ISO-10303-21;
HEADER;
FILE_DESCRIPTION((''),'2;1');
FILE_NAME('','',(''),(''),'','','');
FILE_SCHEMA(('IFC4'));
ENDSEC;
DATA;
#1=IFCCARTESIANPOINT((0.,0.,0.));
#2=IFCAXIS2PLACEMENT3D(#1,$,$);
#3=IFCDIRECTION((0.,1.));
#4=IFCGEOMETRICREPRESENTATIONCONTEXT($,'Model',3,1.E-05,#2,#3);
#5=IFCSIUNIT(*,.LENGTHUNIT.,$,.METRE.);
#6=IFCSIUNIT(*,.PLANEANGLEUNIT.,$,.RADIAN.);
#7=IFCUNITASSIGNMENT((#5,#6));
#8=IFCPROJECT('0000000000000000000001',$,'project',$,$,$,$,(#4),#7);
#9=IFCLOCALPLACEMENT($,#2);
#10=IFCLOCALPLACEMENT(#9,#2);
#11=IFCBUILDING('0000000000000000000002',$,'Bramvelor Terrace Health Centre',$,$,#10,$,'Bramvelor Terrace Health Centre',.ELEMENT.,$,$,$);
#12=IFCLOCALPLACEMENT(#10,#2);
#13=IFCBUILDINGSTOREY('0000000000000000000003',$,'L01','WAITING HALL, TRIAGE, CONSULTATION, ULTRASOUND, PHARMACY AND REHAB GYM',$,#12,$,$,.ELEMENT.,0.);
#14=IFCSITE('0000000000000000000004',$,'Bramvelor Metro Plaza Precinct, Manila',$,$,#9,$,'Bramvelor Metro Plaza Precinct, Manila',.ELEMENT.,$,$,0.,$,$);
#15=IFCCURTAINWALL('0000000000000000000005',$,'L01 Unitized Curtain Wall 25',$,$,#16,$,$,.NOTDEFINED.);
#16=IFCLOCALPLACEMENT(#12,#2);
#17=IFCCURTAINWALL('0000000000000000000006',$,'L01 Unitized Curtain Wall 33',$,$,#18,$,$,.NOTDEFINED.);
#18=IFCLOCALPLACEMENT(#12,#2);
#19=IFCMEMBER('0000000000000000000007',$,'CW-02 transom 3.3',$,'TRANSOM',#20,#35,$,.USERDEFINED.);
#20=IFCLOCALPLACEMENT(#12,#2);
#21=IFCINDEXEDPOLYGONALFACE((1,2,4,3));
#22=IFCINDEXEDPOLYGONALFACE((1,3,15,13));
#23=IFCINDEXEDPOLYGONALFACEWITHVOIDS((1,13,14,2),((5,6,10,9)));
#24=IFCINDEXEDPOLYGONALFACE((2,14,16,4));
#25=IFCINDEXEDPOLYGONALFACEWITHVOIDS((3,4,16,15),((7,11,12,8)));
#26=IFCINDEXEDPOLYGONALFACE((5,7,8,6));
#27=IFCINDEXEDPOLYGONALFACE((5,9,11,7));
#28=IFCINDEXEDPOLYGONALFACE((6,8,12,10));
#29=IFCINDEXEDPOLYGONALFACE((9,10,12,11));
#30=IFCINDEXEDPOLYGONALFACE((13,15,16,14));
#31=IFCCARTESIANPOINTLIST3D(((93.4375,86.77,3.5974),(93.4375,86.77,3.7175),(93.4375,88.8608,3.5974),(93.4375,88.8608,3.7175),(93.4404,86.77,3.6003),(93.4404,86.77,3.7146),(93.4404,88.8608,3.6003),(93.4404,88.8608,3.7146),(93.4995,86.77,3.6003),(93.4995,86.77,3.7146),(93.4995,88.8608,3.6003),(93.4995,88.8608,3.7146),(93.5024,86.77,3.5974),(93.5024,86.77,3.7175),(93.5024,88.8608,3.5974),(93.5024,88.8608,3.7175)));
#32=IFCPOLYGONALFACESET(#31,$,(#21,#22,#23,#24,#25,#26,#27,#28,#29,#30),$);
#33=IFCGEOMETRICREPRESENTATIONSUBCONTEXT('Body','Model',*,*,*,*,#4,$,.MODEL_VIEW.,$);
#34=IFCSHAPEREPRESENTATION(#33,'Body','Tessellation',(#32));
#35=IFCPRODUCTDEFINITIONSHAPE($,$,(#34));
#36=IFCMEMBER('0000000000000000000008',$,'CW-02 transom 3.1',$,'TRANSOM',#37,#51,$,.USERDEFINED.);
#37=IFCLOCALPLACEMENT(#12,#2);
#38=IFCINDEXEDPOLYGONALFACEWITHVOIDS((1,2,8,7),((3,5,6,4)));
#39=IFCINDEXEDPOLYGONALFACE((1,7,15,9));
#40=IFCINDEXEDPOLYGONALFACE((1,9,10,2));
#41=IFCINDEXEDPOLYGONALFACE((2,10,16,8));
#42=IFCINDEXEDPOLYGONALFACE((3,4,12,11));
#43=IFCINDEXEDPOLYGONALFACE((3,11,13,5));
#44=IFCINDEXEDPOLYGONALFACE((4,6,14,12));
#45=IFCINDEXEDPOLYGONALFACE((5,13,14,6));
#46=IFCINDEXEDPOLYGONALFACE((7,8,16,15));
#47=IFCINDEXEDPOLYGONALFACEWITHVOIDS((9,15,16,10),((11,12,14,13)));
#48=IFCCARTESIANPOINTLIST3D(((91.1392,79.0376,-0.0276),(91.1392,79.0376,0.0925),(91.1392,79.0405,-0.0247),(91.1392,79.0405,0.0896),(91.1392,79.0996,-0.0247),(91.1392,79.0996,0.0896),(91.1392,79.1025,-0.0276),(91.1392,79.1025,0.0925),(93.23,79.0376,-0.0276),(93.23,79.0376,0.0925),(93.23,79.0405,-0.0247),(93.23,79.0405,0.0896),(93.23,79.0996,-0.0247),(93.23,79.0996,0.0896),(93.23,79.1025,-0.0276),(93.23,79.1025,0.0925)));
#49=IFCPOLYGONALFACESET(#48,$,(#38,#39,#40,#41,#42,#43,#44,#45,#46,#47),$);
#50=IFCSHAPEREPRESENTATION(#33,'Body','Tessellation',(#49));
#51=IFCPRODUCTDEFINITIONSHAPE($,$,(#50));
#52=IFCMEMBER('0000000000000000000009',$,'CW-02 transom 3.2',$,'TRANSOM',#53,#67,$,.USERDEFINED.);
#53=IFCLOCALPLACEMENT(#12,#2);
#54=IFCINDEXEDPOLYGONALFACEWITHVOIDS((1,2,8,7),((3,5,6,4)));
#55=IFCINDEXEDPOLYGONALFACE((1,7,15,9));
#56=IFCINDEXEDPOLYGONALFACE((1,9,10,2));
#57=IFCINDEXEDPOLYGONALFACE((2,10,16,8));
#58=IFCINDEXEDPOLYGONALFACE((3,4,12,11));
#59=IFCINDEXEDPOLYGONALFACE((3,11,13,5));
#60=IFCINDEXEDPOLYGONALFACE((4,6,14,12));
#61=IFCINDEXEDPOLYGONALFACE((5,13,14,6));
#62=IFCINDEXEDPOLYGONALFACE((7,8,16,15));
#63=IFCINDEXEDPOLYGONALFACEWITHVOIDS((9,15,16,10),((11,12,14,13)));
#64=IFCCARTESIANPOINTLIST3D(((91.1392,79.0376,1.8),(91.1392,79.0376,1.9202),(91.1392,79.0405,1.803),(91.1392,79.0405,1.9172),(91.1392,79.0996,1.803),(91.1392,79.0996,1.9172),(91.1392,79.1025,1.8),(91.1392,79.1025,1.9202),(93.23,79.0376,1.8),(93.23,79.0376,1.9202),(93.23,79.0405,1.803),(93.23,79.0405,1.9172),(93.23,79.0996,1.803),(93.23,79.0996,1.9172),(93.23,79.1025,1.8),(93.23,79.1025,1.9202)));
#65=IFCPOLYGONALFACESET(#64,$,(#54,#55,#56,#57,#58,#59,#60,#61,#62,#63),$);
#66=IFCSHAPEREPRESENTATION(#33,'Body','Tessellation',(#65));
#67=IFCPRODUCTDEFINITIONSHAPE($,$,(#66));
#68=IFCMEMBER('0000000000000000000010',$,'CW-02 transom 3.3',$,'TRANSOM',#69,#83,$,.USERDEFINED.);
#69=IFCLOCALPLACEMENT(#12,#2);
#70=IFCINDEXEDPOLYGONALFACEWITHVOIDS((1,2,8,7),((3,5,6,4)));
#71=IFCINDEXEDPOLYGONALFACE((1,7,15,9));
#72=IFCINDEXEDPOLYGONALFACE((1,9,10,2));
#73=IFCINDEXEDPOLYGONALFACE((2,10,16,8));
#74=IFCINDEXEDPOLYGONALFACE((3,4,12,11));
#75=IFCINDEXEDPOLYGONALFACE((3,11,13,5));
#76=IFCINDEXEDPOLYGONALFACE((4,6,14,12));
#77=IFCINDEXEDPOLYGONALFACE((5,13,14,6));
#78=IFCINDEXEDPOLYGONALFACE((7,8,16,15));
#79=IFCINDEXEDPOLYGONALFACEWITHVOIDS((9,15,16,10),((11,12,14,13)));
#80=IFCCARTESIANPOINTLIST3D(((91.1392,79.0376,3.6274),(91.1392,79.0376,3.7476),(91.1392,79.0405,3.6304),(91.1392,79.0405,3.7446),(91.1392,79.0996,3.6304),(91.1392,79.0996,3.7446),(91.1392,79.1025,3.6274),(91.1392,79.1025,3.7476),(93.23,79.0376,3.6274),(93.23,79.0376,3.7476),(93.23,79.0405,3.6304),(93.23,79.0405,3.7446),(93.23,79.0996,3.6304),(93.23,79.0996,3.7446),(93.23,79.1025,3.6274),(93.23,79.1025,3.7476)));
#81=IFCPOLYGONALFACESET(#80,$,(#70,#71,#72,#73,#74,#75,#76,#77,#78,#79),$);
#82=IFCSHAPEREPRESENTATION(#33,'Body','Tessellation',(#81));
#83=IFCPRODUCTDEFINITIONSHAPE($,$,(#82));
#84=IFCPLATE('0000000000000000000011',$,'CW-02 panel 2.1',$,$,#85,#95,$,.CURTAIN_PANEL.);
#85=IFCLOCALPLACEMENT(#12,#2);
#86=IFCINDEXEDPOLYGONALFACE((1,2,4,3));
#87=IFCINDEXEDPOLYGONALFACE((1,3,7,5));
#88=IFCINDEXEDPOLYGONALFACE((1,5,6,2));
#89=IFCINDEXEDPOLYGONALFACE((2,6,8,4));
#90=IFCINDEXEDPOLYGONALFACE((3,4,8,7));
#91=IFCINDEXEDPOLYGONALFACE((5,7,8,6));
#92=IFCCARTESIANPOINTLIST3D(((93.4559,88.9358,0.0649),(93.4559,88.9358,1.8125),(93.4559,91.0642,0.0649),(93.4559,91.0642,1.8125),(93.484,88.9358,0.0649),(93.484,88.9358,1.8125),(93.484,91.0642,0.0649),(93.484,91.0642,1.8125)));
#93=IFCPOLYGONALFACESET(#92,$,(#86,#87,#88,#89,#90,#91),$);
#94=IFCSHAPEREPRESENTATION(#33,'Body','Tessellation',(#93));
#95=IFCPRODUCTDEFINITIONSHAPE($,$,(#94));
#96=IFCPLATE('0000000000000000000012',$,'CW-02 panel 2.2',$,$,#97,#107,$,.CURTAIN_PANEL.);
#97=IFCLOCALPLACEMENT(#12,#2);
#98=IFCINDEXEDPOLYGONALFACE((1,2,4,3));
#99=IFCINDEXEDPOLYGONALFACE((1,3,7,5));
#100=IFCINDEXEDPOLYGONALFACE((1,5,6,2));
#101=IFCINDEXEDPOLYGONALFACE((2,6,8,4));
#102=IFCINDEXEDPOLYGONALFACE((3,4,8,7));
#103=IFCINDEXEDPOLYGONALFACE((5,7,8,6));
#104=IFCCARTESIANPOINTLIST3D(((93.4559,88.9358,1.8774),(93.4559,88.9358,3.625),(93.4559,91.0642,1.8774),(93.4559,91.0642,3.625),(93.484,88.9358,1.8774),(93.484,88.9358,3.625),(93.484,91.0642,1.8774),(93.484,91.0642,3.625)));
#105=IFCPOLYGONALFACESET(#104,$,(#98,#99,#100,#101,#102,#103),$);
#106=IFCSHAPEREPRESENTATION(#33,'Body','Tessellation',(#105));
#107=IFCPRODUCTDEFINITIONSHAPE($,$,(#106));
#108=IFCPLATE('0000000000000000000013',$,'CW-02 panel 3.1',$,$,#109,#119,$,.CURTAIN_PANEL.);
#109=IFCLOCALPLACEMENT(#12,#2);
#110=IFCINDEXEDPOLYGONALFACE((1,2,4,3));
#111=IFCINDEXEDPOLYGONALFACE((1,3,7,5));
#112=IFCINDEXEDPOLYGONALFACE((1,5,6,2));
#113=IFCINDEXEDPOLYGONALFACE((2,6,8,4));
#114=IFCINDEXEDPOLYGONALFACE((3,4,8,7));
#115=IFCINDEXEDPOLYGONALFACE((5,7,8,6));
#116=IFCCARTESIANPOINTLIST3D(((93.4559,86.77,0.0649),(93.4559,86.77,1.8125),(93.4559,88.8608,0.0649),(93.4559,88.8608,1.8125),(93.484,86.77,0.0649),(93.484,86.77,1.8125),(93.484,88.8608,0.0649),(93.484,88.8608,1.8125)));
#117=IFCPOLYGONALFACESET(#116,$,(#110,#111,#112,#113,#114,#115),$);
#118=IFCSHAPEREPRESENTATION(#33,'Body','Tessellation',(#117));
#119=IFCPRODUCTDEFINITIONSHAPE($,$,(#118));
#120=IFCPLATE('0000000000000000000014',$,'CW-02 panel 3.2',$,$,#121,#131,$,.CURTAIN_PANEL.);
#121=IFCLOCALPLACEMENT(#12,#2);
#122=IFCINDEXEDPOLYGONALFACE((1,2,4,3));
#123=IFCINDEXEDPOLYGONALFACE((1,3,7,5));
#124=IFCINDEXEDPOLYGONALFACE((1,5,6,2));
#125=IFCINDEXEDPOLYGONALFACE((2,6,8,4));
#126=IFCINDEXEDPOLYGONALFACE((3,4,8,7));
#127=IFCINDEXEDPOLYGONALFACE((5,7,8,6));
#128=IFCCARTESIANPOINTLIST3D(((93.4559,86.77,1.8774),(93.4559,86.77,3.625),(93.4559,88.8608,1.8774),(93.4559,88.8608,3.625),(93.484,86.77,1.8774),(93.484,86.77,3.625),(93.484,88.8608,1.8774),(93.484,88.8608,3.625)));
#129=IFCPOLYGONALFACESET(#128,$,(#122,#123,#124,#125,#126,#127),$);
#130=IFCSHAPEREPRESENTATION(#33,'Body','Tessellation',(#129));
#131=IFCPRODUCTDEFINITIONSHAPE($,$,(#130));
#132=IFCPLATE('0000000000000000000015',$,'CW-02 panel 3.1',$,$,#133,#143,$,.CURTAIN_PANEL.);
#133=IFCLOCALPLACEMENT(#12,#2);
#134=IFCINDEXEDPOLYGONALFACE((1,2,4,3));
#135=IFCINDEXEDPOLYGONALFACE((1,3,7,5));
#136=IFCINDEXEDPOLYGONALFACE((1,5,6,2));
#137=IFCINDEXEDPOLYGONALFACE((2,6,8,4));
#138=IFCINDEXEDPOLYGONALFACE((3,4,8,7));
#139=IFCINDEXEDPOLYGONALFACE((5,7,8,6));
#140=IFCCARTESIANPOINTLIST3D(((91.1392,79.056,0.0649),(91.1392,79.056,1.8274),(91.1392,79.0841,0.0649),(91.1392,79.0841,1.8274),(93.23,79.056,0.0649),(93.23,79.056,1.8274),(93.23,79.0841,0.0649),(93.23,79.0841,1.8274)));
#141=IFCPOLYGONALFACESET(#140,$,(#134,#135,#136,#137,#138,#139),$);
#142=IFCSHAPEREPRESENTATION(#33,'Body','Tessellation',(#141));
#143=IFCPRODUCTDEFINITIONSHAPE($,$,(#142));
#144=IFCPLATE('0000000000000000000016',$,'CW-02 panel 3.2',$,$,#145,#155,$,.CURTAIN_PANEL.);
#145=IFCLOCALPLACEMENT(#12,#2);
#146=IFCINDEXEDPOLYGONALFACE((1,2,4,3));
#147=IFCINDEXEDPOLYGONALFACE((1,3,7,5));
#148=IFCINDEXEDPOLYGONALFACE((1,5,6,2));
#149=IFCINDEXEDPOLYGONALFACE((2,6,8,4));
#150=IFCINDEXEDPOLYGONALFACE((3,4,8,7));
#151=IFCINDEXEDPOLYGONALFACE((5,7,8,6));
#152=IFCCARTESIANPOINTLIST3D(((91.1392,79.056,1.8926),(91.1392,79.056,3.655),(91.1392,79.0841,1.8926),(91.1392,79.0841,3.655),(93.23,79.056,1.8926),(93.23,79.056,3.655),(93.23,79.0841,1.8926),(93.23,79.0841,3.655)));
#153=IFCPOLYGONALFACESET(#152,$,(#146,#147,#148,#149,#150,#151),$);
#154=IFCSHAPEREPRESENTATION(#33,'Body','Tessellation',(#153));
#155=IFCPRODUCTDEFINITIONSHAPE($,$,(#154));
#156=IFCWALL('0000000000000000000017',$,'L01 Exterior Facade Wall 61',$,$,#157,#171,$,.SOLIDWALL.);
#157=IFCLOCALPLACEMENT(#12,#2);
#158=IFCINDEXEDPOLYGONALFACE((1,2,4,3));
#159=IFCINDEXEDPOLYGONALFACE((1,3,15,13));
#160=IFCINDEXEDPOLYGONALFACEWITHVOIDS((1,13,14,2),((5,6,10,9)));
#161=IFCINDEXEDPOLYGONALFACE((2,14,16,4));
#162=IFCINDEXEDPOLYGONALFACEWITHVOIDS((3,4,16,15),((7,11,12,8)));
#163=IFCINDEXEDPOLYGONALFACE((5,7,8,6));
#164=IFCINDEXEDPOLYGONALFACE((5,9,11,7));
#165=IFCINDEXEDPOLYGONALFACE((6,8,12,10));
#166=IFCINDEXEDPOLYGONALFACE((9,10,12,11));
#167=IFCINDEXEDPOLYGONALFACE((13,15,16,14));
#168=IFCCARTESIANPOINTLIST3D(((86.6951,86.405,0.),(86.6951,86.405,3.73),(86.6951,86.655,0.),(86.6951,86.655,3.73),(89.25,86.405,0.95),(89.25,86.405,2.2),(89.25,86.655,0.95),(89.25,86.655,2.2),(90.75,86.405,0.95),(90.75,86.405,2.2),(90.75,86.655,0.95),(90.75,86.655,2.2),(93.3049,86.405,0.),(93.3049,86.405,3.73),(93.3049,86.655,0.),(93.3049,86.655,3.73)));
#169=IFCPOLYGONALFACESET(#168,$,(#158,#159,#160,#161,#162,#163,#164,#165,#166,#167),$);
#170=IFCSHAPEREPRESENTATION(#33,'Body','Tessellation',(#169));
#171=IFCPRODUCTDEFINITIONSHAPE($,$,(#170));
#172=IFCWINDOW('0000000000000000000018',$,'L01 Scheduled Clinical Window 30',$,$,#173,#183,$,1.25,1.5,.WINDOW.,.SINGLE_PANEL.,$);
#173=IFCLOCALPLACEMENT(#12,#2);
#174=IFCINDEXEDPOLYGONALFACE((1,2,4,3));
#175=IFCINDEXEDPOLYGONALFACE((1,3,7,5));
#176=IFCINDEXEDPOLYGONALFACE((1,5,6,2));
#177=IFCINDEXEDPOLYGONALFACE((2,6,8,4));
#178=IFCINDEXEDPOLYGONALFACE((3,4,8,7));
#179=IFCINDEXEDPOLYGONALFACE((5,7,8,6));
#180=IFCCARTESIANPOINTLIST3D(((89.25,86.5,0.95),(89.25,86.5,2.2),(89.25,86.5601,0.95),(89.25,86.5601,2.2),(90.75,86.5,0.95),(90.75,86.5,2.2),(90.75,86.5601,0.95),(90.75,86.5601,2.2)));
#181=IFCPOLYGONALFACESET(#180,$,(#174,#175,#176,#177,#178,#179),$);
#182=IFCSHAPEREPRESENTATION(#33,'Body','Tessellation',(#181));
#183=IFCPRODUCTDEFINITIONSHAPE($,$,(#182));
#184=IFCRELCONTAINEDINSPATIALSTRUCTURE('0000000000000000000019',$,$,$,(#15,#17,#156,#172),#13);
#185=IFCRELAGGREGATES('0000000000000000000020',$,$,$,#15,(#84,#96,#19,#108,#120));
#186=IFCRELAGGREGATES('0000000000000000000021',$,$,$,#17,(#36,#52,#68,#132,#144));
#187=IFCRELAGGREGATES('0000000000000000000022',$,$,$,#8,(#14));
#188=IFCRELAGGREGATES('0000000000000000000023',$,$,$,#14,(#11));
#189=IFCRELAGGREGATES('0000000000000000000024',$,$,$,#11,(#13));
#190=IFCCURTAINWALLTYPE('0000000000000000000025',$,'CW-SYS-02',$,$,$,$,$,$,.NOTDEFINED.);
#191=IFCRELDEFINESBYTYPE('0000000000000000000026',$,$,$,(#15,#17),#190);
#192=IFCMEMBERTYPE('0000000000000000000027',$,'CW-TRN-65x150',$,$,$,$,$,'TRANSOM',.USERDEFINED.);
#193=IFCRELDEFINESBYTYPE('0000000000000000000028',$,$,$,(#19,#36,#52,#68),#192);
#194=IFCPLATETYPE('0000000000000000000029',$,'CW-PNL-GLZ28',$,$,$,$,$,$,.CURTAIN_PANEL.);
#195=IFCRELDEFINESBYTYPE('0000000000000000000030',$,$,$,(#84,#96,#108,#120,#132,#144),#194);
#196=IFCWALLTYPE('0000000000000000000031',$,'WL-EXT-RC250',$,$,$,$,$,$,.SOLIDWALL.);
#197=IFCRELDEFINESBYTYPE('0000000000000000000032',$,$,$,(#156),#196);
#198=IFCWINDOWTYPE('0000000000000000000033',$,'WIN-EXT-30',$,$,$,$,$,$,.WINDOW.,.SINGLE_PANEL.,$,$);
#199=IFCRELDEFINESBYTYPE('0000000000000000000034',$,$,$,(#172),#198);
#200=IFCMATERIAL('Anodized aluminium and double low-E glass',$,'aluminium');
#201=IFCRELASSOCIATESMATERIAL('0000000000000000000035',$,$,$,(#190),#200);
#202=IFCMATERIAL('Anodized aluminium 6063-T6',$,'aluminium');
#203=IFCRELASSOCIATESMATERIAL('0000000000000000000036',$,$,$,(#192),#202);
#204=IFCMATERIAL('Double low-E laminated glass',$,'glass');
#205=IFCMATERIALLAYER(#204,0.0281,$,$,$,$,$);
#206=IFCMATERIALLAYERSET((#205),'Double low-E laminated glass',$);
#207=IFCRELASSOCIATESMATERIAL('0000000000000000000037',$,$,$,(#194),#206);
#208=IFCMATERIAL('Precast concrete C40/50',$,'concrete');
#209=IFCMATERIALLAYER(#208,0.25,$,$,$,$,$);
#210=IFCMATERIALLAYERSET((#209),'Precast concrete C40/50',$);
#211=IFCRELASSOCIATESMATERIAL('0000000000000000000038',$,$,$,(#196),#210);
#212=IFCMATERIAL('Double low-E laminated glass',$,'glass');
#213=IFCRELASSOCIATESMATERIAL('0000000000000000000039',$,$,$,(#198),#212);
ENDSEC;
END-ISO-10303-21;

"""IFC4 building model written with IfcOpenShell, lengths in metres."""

from ifc_helpers import new_model, si_unit, direction, frame, frame_2d, origin, origin_2d, place, context, subcontext, project, spatial, rectangle, hollow_rectangle, extrude, material, layer, layer_set, material_profile, profile_set, type_object, element, fill, aggregate, save


model = new_model("IFC4")

# Units and contexts
model_context = context("Model", 3, precision=1e-05, world=origin(), true_north=direction((0.0, 1.0)))
body_context = subcontext(model_context, "Body", "Model", "MODEL_VIEW")
ifc_project = project(units=[si_unit("LENGTHUNIT", "METRE"), si_unit("PLANEANGLEUNIT", "RADIAN")], contexts=[model_context])

# Site, building, storey
site_placement = place(None, origin())
site = spatial("IfcSite", under=ifc_project, at=site_placement, Name="Bramvelor Metro Plaza Precinct, Manila", LongName="Bramvelor Metro Plaza Precinct, Manila", CompositionType="ELEMENT", RefElevation=0.0)
building_placement = place(site_placement, origin())
building = spatial("IfcBuilding", under=site, at=building_placement, Name="Bramvelor Terrace Health Centre", LongName="Bramvelor Terrace Health Centre", CompositionType="ELEMENT")
storey_placement = place(building_placement, origin())
storey = spatial("IfcBuildingStorey", under=building, at=storey_placement, Name="L01", Description="WAITING HALL, TRIAGE, CONSULTATION, ULTRASOUND, PHARMACY AND REHAB GYM", CompositionType="ELEMENT", Elevation=0.0)

# Curtain wall
ifc_material_1 = material(Name="Anodized aluminium and double low-E glass", Category="aluminium")
curtain_wall_type = type_object("IfcCurtainWallType", Name="CW-SYS-02", PredefinedType="NOTDEFINED", material=ifc_material_1)
curtain_wall_1_placement = place(storey_placement, origin())
curtain_wall_1 = element("IfcCurtainWall", 1, at=curtain_wall_1_placement, inside=storey, type_object=curtain_wall_type, Name="L01 Unitized Curtain Wall 25", PredefinedType="NOTDEFINED")

# Curtain wall
curtain_wall_2_placement = place(storey_placement, origin())
curtain_wall_2 = element("IfcCurtainWall", 2, at=curtain_wall_2_placement, inside=storey, type_object=curtain_wall_type, Name="L01 Unitized Curtain Wall 33", PredefinedType="NOTDEFINED")

# Members
ifc_material_2 = material(Name="Anodized aluminium 6063-T6", Category="aluminium")
ifc_material_profile_1 = material_profile(ifc_material_2, hollow_rectangle(XDim=0.0649, YDim=0.1201, WallThickness=0.0029, at=origin_2d()), Name="ALU-TRN 65x120x3.0")
ifc_profile_set_1 = profile_set([ifc_material_profile_1], Name="Anodized aluminium 6063-T6")
member_type_1 = type_object("IfcMemberType", Name="CW-TRN-65x150", ElementType="TRANSOM", PredefinedType="USERDEFINED", material=ifc_profile_set_1)
member_1_placement = place(storey_placement, frame((93.47, 88.8608, 3.6575), z_axis=(0.0, -1.0, 0.0), x_axis=(1.0, 0.0, 0.0)))
member_1 = element("IfcMember", 3, at=member_1_placement, type_object=member_type_1, Name="CW-02 transom 3.3", ObjectType="TRANSOM", PredefinedType="USERDEFINED", context=body_context, shape_type="SweptSolid", body=[
    extrude(hollow_rectangle(XDim=0.0649, YDim=0.1201, WallThickness=0.0029, at=origin_2d()), origin(), (0.0, 0.0, 1.0), 2.0908),
])
member_2_placement = place(storey_placement, frame((91.1392, 79.0701, 0.0325), z_axis=(1.0, 0.0, 0.0), x_axis=(0.0, 1.0, 0.0)))
member_2 = element("IfcMember", 4, at=member_2_placement, type_object=member_type_1, Name="CW-02 transom 3.1", ObjectType="TRANSOM", PredefinedType="USERDEFINED", context=body_context, shape_type="SweptSolid", body=[
    extrude(hollow_rectangle(XDim=0.0649, YDim=0.1201, WallThickness=0.0029, at=origin_2d()), origin(), (0.0, 0.0, 1.0), 2.0908),
])
member_3_placement = place(storey_placement, frame((91.1392, 79.0701, 1.8601), z_axis=(1.0, 0.0, 0.0), x_axis=(0.0, 1.0, 0.0)))
member_3 = element("IfcMember", 5, at=member_3_placement, type_object=member_type_1, Name="CW-02 transom 3.2", ObjectType="TRANSOM", PredefinedType="USERDEFINED", context=body_context, shape_type="SweptSolid", body=[
    extrude(hollow_rectangle(XDim=0.0649, YDim=0.1201, WallThickness=0.0029, at=origin_2d()), origin(), (0.0, 0.0, 1.0), 2.0908),
])
member_4_placement = place(storey_placement, frame((91.1392, 79.0701, 3.6875), z_axis=(1.0, 0.0, 0.0), x_axis=(0.0, 1.0, 0.0)))
member_4 = element("IfcMember", 6, at=member_4_placement, type_object=member_type_1, Name="CW-02 transom 3.3", ObjectType="TRANSOM", PredefinedType="USERDEFINED", context=body_context, shape_type="SweptSolid", body=[
    extrude(hollow_rectangle(XDim=0.0649, YDim=0.1201, WallThickness=0.0029, at=origin_2d()), origin(), (0.0, 0.0, 1.0), 2.0908),
])

# Plates
ifc_material_3 = material(Name="Double low-E laminated glass", Category="glass")
ifc_layer_1 = layer(ifc_material_3, 0.0281)
ifc_layer_set_1 = layer_set([ifc_layer_1], Name="Double low-E laminated glass")
plate_type = type_object("IfcPlateType", Name="CW-PNL-GLZ28", PredefinedType="CURTAIN_PANEL", material=ifc_layer_set_1)
plate_1_placement = place(storey_placement, frame((93.47, 90.0, 0.0649), z_axis=(0.0, 0.0, 1.0), x_axis=(0.0, -1.0, 0.0)))
plate_1 = element("IfcPlate", 7, at=plate_1_placement, type_object=plate_type, Name="CW-02 panel 2.1", PredefinedType="CURTAIN_PANEL", context=body_context, shape_type="SweptSolid", body=[
    extrude(rectangle(XDim=2.1284, YDim=0.0281, at=origin_2d()), origin(), (0.0, 0.0, 1.0), 1.7476),
])
plate_2_placement = place(storey_placement, frame((93.47, 90.0, 1.8774), z_axis=(0.0, 0.0, 1.0), x_axis=(0.0, -1.0, 0.0)))
plate_2 = element("IfcPlate", 8, at=plate_2_placement, type_object=plate_type, Name="CW-02 panel 2.2", PredefinedType="CURTAIN_PANEL", context=body_context, shape_type="SweptSolid", body=[
    extrude(rectangle(XDim=2.1284, YDim=0.0281, at=origin_2d()), origin(), (0.0, 0.0, 1.0), 1.7476),
])
plate_3_placement = place(storey_placement, frame((93.47, 87.8154, 0.0649), z_axis=(0.0, 0.0, 1.0), x_axis=(0.0, -1.0, 0.0)))
plate_3 = element("IfcPlate", 9, at=plate_3_placement, type_object=plate_type, Name="CW-02 panel 3.1", PredefinedType="CURTAIN_PANEL", context=body_context, shape_type="SweptSolid", body=[
    extrude(rectangle(XDim=2.0908, YDim=0.0281, at=origin_2d()), origin(), (0.0, 0.0, 1.0), 1.7476),
])
plate_4_placement = place(storey_placement, frame((93.47, 87.8154, 1.8774), z_axis=(0.0, 0.0, 1.0), x_axis=(0.0, -1.0, 0.0)))
plate_4 = element("IfcPlate", 10, at=plate_4_placement, type_object=plate_type, Name="CW-02 panel 3.2", PredefinedType="CURTAIN_PANEL", context=body_context, shape_type="SweptSolid", body=[
    extrude(rectangle(XDim=2.0908, YDim=0.0281, at=origin_2d()), origin(), (0.0, 0.0, 1.0), 1.7476),
])
aggregate(curtain_wall_1, [plate_1, plate_2, member_1, plate_3, plate_4])
plate_5_placement = place(storey_placement, frame((92.1846, 79.0701, 0.0649), z_axis=(0.0, 0.0, 1.0), x_axis=(1.0, 0.0, 0.0)))
plate_5 = element("IfcPlate", 11, at=plate_5_placement, type_object=plate_type, Name="CW-02 panel 3.1", PredefinedType="CURTAIN_PANEL", context=body_context, shape_type="SweptSolid", body=[
    extrude(rectangle(XDim=2.0908, YDim=0.0281, at=origin_2d()), origin(), (0.0, 0.0, 1.0), 1.7625),
])
plate_6_placement = place(storey_placement, frame((92.1846, 79.0701, 1.8926), z_axis=(0.0, 0.0, 1.0), x_axis=(1.0, 0.0, 0.0)))
plate_6 = element("IfcPlate", 12, at=plate_6_placement, type_object=plate_type, Name="CW-02 panel 3.2", PredefinedType="CURTAIN_PANEL", context=body_context, shape_type="SweptSolid", body=[
    extrude(rectangle(XDim=2.0908, YDim=0.0281, at=origin_2d()), origin(), (0.0, 0.0, 1.0), 1.7625),
])
aggregate(curtain_wall_2, [member_2, member_3, member_4, plate_5, plate_6])

# Wall, opening, window
ifc_material_4 = material(Name="Precast concrete C40/50", Category="concrete")
ifc_layer_2 = layer(ifc_material_4, 0.25)
ifc_layer_set_2 = layer_set([ifc_layer_2], Name="Precast concrete C40/50")
wall_type = type_object("IfcWallType", Name="WL-EXT-RC250", PredefinedType="SOLIDWALL", material=ifc_layer_set_2)
wall_placement = place(storey_placement, frame((93.3049, 86.53, 0.0), z_axis=(0.0, 0.0, 1.0), x_axis=(-1.0, 0.0, 0.0)))
wall = element("IfcWall", 13, at=wall_placement, inside=storey, type_object=wall_type, Name="L01 Exterior Facade Wall 61", PredefinedType="SOLIDWALL", context=body_context, shape_type="SweptSolid", body=[
    extrude(rectangle(XDim=6.6099, YDim=0.25, at=frame_2d((3.3049, 0.0))), origin(), (0.0, 0.0, 1.0), 3.73),
])
opening_placement = place(wall_placement, frame((2.5549, 0.0, 0.95)))
opening = element("IfcOpeningElement", 14, at=opening_placement, cuts=wall, PredefinedType="OPENING", context=body_context, shape_type="SweptSolid", body=[
    extrude(rectangle(XDim=1.5, YDim=1.25, at=frame_2d((0.75, 0.625))), frame((0.0, 0.135, 0.0), z_axis=(0.0, -1.0, 0.0), x_axis=(1.0, 0.0, 0.0)), (0.0, 0.0, 1.0), 0.27),
])
ifc_material_5 = material(Name="Double low-E laminated glass", Category="glass")
window_type = type_object("IfcWindowType", Name="WIN-EXT-30", PartitioningType="SINGLE_PANEL", PredefinedType="WINDOW", material=ifc_material_5)
window_placement = place(opening_placement, origin())
window = element("IfcWindow", 15, at=window_placement, inside=storey, type_object=window_type, Name="L01 Scheduled Clinical Window 30", OverallHeight=1.25, OverallWidth=1.5, PartitioningType="SINGLE_PANEL", PredefinedType="WINDOW", context=body_context, shape_type="SweptSolid", body=[
    extrude(rectangle(XDim=1.5, YDim=1.25, at=frame_2d((0.75, 0.625))), frame((0.0, 0.03, 0.0), z_axis=(0.0, -1.0, 0.0), x_axis=(1.0, 0.0, 0.0)), (0.0, 0.0, 1.0), 0.0601),
])
fill(opening, window)

save(model, "model.ifc")
